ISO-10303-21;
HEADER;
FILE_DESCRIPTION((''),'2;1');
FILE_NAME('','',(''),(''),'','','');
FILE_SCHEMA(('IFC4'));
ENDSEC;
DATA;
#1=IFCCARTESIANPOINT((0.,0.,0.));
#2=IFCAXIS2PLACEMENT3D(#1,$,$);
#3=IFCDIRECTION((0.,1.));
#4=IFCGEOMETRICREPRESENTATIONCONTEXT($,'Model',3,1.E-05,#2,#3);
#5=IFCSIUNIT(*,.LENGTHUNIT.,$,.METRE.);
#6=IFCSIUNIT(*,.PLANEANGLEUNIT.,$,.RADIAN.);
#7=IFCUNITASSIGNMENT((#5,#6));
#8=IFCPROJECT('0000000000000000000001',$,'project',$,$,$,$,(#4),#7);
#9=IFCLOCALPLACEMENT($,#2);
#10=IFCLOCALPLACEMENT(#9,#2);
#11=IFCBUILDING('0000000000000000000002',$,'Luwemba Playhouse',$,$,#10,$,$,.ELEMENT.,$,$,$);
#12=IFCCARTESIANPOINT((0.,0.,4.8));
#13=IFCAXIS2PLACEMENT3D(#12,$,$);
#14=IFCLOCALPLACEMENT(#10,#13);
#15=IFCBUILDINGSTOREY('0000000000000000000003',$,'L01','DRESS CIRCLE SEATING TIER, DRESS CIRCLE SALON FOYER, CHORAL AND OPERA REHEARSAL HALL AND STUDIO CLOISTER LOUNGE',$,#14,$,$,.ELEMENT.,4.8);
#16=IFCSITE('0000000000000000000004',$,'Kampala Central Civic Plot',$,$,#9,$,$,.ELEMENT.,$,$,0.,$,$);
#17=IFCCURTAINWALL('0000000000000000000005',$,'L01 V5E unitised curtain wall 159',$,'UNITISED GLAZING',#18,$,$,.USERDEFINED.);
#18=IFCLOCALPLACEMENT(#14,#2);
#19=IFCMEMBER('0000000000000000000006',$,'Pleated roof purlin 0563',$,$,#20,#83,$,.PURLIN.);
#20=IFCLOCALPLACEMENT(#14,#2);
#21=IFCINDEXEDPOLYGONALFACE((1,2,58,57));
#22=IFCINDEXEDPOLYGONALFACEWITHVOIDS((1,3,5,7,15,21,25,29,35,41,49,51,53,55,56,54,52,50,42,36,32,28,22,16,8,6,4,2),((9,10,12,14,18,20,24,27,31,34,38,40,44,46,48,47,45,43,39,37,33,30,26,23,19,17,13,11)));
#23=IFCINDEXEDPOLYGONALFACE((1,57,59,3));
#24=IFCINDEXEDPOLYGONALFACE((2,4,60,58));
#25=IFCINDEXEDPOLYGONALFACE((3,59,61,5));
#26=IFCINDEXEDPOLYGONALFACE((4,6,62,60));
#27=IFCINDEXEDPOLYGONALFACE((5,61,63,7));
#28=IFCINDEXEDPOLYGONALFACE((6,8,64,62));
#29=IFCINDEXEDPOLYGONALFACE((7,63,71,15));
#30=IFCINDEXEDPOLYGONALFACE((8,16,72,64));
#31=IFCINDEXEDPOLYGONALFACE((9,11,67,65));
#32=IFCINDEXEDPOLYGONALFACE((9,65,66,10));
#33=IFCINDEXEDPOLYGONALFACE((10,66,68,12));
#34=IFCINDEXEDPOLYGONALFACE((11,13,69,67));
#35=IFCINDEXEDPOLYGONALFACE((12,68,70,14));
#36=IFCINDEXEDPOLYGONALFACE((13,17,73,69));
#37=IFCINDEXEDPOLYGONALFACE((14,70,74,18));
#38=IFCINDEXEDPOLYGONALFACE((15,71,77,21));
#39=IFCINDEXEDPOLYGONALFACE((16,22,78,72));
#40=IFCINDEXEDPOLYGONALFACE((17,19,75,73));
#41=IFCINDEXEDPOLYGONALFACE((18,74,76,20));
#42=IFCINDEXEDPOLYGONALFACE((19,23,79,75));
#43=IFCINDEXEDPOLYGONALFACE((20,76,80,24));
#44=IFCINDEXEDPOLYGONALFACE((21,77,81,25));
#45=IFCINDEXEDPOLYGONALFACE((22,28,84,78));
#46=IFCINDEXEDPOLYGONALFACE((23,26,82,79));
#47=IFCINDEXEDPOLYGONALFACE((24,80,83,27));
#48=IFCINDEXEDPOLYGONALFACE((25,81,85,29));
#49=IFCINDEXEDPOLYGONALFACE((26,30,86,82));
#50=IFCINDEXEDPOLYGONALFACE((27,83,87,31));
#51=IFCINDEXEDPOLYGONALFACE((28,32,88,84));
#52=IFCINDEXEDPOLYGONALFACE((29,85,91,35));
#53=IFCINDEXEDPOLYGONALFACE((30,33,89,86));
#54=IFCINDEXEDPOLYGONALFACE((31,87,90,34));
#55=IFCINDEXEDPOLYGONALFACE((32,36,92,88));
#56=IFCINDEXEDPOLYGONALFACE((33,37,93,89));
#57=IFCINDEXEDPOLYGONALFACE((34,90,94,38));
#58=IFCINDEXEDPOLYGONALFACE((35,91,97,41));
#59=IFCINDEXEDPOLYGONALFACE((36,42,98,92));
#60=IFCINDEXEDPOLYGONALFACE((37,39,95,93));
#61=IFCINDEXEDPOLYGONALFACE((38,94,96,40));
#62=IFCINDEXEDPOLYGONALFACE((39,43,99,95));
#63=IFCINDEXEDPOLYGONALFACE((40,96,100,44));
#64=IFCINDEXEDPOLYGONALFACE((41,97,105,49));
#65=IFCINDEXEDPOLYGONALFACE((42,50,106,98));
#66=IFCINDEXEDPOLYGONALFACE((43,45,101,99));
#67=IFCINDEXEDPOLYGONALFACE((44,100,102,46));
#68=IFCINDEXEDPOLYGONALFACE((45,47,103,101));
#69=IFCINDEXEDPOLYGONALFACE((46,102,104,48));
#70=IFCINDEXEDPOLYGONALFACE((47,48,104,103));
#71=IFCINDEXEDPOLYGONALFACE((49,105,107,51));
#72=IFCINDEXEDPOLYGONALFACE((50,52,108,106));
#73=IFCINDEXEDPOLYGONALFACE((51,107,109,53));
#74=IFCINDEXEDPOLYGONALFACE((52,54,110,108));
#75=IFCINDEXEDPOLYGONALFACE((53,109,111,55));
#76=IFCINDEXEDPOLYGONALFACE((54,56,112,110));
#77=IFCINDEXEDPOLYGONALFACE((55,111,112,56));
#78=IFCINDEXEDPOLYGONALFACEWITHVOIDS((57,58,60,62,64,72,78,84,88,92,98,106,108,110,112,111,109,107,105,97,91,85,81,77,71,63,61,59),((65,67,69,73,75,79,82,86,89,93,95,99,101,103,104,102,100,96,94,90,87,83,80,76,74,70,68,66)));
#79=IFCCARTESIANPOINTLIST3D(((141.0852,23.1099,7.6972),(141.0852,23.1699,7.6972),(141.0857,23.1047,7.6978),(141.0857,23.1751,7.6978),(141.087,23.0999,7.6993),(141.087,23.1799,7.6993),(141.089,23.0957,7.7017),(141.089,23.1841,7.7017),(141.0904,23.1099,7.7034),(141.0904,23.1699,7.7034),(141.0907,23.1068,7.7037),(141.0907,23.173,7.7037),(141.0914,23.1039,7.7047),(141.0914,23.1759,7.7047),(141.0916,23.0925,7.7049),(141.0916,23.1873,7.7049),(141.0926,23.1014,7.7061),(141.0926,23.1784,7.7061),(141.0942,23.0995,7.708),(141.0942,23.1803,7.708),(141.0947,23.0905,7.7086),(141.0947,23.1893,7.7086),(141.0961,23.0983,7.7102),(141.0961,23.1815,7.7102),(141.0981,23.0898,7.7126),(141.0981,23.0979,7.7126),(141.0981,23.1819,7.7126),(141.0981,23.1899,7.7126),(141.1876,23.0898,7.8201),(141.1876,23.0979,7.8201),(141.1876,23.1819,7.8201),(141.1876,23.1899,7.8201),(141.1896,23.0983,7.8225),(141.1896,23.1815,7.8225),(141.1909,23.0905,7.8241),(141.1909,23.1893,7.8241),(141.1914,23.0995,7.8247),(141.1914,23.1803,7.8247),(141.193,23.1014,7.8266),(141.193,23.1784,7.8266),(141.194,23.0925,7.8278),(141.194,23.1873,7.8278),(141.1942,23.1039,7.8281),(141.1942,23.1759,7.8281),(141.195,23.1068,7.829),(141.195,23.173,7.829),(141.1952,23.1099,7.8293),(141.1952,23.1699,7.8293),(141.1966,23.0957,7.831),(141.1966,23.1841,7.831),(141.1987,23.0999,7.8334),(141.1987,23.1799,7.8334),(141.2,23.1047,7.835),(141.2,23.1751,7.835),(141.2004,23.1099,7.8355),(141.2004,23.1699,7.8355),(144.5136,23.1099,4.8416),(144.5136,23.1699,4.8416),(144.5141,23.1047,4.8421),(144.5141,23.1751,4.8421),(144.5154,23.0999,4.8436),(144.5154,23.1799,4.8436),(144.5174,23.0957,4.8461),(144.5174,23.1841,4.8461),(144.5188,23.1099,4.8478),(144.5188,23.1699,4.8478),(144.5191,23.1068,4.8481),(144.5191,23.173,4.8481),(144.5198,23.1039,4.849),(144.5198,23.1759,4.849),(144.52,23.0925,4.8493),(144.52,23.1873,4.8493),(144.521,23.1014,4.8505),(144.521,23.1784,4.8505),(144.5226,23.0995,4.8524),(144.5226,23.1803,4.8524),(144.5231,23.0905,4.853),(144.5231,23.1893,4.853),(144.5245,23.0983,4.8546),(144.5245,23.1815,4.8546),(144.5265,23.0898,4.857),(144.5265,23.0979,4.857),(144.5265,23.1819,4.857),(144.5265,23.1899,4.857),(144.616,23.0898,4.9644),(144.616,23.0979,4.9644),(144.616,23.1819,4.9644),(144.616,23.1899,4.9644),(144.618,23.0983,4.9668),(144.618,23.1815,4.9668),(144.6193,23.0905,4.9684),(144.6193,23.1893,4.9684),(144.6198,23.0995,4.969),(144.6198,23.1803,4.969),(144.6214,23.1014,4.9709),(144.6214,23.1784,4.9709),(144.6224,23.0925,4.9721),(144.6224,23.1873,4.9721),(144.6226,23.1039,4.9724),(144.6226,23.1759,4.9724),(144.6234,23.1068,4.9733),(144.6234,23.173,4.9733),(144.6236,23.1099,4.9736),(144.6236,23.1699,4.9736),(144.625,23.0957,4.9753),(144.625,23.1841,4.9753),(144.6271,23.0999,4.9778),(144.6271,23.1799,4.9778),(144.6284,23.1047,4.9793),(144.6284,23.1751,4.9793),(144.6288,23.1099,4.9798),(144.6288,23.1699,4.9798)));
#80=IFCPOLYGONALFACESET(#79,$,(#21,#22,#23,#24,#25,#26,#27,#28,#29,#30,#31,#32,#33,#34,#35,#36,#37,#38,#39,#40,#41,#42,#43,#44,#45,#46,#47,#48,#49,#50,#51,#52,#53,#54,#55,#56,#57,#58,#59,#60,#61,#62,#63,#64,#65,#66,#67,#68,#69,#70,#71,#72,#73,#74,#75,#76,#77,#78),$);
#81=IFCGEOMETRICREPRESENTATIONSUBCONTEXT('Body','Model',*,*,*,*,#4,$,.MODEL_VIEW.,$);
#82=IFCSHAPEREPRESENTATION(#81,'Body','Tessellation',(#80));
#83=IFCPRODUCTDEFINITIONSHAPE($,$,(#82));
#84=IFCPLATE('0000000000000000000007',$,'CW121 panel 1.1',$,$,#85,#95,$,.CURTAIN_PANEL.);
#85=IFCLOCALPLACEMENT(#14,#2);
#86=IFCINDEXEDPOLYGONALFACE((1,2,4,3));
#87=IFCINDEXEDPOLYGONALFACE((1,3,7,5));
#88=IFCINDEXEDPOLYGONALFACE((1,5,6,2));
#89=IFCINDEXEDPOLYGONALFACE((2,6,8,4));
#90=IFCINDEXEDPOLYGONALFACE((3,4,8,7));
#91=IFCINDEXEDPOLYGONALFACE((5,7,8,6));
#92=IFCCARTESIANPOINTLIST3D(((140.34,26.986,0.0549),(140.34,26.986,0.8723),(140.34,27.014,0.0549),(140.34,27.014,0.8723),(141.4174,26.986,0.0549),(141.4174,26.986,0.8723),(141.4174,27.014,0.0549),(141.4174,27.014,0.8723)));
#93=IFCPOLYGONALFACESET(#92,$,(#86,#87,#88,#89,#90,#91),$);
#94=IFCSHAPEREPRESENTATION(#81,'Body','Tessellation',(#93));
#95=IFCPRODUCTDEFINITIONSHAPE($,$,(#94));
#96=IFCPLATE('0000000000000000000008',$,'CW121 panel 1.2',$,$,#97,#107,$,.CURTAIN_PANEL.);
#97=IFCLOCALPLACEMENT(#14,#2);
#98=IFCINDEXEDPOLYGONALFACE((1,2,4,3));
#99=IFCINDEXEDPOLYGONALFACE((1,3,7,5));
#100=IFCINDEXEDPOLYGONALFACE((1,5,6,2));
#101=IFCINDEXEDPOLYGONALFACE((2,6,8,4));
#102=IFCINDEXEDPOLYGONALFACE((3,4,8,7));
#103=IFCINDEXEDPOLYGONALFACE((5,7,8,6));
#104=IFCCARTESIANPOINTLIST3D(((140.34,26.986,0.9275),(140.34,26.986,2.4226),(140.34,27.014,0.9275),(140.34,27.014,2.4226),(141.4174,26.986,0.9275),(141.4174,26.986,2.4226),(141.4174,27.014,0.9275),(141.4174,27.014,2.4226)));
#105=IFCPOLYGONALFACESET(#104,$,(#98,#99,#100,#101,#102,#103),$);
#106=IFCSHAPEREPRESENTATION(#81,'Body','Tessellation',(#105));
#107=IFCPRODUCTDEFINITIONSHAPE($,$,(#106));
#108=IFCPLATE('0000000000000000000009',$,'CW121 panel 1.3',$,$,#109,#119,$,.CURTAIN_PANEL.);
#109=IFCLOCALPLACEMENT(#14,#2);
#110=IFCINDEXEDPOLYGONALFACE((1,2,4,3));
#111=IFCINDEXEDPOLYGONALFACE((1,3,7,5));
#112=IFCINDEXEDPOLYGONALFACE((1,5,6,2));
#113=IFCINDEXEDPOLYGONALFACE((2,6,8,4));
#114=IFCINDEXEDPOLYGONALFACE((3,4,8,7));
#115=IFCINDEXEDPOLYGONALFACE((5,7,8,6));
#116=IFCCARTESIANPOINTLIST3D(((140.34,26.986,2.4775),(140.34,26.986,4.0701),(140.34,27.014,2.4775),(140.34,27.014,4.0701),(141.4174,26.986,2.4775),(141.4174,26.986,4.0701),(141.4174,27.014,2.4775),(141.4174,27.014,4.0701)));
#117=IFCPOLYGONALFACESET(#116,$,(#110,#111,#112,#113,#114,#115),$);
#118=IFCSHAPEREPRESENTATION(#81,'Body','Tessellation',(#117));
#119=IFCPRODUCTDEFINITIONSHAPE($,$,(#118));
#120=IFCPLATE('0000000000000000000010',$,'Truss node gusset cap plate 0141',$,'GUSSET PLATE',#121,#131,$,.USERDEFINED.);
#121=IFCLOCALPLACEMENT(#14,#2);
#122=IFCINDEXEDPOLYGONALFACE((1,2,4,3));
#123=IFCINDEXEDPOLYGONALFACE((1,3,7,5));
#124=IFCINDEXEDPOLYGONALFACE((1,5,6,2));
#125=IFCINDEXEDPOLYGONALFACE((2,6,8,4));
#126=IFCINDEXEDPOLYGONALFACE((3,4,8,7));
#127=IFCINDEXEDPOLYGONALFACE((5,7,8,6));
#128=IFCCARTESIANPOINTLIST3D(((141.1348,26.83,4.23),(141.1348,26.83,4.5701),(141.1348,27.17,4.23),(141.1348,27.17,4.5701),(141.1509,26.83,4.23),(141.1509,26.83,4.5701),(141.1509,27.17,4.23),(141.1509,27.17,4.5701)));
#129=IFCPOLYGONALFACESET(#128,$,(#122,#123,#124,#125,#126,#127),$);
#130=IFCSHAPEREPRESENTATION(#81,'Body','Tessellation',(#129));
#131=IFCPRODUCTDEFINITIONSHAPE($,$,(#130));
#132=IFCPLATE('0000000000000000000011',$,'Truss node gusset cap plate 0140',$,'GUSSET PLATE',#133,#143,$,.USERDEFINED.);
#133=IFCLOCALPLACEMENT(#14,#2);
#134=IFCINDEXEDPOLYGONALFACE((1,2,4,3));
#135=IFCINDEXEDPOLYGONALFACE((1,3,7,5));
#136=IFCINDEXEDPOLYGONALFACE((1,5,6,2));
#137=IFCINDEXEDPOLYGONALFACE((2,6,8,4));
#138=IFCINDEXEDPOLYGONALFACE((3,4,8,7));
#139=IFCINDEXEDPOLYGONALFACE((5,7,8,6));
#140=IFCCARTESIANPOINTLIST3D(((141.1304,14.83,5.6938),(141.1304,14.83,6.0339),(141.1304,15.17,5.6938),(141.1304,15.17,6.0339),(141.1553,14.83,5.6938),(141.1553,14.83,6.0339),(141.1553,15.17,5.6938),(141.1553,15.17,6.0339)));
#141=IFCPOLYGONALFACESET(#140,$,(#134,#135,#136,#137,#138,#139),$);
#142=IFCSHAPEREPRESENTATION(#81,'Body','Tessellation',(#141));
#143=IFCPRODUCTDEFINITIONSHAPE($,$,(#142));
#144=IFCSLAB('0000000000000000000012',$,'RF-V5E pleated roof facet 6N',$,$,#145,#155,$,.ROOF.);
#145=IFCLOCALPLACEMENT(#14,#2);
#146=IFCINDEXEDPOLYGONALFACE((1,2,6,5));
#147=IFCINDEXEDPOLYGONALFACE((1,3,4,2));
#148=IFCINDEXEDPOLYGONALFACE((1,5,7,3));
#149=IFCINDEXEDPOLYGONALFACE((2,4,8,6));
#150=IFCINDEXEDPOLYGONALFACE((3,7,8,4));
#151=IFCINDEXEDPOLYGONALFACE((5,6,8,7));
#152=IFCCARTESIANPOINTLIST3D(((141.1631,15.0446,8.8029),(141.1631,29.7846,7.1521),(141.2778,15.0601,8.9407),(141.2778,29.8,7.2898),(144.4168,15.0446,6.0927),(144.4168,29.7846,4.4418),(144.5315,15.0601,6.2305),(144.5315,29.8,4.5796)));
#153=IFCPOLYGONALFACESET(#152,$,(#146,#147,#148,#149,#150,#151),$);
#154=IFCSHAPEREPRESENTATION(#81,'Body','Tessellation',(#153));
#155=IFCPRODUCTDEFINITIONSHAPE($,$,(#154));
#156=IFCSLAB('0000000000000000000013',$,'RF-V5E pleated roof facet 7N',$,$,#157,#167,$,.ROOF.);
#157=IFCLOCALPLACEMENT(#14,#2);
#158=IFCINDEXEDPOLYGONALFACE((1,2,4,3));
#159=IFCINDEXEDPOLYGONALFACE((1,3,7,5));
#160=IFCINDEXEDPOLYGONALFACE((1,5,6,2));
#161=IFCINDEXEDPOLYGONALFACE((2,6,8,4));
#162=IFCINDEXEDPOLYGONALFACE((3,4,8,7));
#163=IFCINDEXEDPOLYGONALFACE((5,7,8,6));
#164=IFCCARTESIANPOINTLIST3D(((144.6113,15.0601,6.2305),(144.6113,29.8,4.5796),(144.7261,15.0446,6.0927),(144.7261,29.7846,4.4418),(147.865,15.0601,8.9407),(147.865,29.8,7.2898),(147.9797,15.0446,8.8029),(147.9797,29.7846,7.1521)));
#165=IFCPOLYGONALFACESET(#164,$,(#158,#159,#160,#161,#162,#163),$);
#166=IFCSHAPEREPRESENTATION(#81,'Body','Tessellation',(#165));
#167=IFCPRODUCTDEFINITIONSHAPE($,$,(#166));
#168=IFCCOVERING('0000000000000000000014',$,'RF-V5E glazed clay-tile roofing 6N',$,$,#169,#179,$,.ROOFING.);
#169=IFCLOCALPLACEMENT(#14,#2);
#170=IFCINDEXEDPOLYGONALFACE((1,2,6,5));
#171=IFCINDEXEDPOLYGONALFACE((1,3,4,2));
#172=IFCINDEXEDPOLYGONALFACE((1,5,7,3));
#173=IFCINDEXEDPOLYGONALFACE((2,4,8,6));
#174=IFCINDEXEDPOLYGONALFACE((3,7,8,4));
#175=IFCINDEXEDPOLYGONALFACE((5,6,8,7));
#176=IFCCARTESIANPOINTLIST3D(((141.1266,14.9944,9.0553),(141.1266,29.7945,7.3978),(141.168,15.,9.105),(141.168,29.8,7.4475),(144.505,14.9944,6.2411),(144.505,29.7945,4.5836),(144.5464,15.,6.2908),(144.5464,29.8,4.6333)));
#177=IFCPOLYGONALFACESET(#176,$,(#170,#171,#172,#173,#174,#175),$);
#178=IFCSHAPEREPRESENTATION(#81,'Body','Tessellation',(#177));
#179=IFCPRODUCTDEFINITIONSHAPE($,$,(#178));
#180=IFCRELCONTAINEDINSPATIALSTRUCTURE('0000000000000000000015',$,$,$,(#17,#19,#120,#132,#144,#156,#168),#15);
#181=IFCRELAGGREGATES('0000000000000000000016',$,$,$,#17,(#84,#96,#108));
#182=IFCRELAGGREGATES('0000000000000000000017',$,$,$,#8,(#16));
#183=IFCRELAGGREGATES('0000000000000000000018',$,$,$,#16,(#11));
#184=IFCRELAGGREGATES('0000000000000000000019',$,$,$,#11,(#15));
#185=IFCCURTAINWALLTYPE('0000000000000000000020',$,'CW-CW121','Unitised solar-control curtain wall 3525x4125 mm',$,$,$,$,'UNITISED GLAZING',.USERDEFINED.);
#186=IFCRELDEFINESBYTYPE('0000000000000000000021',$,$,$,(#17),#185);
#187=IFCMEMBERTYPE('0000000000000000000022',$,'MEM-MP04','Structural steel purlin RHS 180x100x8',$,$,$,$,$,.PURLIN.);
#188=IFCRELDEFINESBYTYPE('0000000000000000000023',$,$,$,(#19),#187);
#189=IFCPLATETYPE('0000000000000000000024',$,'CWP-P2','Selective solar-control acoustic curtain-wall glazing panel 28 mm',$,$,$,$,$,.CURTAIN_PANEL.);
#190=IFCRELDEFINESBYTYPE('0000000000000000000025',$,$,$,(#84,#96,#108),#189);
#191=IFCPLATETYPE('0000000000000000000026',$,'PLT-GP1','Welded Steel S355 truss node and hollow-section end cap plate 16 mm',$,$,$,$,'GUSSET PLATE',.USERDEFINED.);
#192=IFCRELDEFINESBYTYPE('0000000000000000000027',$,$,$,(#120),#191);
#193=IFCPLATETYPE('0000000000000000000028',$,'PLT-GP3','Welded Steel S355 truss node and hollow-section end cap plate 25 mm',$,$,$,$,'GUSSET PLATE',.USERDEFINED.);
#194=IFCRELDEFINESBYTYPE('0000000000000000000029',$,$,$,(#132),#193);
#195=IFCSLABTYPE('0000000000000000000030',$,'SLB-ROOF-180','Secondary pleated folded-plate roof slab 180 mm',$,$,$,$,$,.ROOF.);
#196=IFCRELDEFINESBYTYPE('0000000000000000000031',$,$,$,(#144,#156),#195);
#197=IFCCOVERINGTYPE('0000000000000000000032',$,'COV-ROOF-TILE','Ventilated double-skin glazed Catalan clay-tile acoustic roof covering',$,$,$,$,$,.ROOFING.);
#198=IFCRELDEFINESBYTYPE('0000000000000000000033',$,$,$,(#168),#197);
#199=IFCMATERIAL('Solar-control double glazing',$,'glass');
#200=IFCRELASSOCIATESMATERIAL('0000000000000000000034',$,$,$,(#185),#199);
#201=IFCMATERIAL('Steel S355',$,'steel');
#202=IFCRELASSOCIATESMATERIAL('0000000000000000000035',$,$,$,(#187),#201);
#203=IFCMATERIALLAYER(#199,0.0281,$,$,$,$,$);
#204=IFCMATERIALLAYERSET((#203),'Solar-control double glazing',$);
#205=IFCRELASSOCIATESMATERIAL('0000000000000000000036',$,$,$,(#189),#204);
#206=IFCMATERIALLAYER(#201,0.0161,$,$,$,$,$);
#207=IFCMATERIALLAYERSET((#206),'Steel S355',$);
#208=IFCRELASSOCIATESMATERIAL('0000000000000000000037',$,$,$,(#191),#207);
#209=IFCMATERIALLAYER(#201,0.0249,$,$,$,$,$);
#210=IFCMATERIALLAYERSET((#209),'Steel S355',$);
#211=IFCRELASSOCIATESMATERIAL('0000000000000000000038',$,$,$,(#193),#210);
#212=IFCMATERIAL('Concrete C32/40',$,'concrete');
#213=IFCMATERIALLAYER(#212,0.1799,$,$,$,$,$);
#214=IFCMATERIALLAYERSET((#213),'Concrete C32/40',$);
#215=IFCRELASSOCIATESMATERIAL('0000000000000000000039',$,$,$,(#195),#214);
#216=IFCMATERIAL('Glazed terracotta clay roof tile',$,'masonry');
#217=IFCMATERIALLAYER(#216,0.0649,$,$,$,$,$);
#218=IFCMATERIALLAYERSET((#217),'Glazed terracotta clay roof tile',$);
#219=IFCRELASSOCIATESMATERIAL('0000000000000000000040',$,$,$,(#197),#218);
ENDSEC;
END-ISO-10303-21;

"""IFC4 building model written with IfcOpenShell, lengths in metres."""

from ifc_helpers import new_model, si_unit, direction, frame, origin, origin_2d, place, context, subcontext, project, spatial, polyline, rectangle, hollow_rectangle, outline, extrude, material, layer, layer_set, material_profile, profile_set, type_object, element, aggregate, save


model = new_model("IFC4")

# Units and contexts
model_context = context("Model", 3, precision=1e-05, world=origin(), true_north=direction((0.0, 1.0)))
body_context = subcontext(model_context, "Body", "Model", "MODEL_VIEW")
ifc_project = project(units=[si_unit("LENGTHUNIT", "METRE"), si_unit("PLANEANGLEUNIT", "RADIAN")], contexts=[model_context])

# Site, building, storey
site_placement = place(None, origin())
site = spatial("IfcSite", under=ifc_project, at=site_placement, Name="Kampala Central Civic Plot", CompositionType="ELEMENT", RefElevation=0.0)
building_placement = place(site_placement, origin())
building = spatial("IfcBuilding", under=site, at=building_placement, Name="Luwemba Playhouse", CompositionType="ELEMENT")
storey_placement = place(building_placement, frame((0.0, 0.0, 4.8)))
storey = spatial("IfcBuildingStorey", under=building, at=storey_placement, Name="L01", Description="DRESS CIRCLE SEATING TIER, DRESS CIRCLE SALON FOYER, CHORAL AND OPERA REHEARSAL HALL AND STUDIO CLOISTER LOUNGE", CompositionType="ELEMENT", Elevation=4.8)

# Shared definitions
ifc_material_1 = material(Name="Steel S355", Category="steel")

# Curtain wall
ifc_material_2 = material(Name="Solar-control double glazing", Category="glass")
curtain_wall_type = type_object("IfcCurtainWallType", Name="CW-CW121", Description="Unitised solar-control curtain wall 3525x4125 mm", ElementType="UNITISED GLAZING", PredefinedType="USERDEFINED", material=ifc_material_2)
curtain_wall_placement = place(storey_placement, origin())
curtain_wall = element("IfcCurtainWall", 1, at=curtain_wall_placement, inside=storey, type_object=curtain_wall_type, Name="L01 V5E unitised curtain wall 159", ObjectType="UNITISED GLAZING", PredefinedType="USERDEFINED")

# Member
ifc_material_profile_1 = material_profile(ifc_material_1, hollow_rectangle(XDim=0.1001, YDim=0.1799, WallThickness=0.0081, InnerFilletRadius=0.012, OuterFilletRadius=0.02, at=origin_2d()))
ifc_profile_set_1 = profile_set([ifc_material_profile_1], Name="Steel S355")
member_type_1 = type_object("IfcMemberType", Name="MEM-MP04", Description="Structural steel purlin RHS 180x100x8", PredefinedType="PURLIN", material=ifc_profile_set_1)
member_1_placement = place(storey_placement, frame((141.1428, 23.1399, 7.7664), z_axis=(0.768369, 0.0, -0.640007), x_axis=(0.0, 1.0, 0.0)))
element("IfcMember", 2, at=member_1_placement, inside=storey, type_object=member_type_1, Name="Pleated roof purlin 0563", PredefinedType="PURLIN", context=body_context, shape_type="SweptSolid", body=[
    extrude(hollow_rectangle(XDim=0.1001, YDim=0.1799, WallThickness=0.0081, InnerFilletRadius=0.012, OuterFilletRadius=0.02, at=origin_2d()), origin(), (0.0, 0.0, 1.0), 4.4619),
])

# Plates
ifc_layer_1 = layer(ifc_material_2, 0.0281)
ifc_layer_set_1 = layer_set([ifc_layer_1], Name="Solar-control double glazing")
plate_type_1 = type_object("IfcPlateType", Name="CWP-P2", Description="Selective solar-control acoustic curtain-wall glazing panel 28 mm", PredefinedType="CURTAIN_PANEL", material=ifc_layer_set_1)
plate_1_placement = place(storey_placement, frame((140.8787, 27.0, 0.0549), z_axis=(0.0, 0.0, 1.0), x_axis=(1.0, 0.0, 0.0)))
plate_1 = element("IfcPlate", 3, at=plate_1_placement, type_object=plate_type_1, Name="CW121 panel 1.1", PredefinedType="CURTAIN_PANEL", context=body_context, shape_type="SweptSolid", body=[
    extrude(rectangle(XDim=1.0774, YDim=0.0281, at=origin_2d()), origin(), (0.0, 0.0, 1.0), 0.8174),
])
plate_2_placement = place(storey_placement, frame((140.8787, 27.0, 0.9275), z_axis=(0.0, 0.0, 1.0), x_axis=(1.0, 0.0, 0.0)))
plate_2 = element("IfcPlate", 4, at=plate_2_placement, type_object=plate_type_1, Name="CW121 panel 1.2", PredefinedType="CURTAIN_PANEL", context=body_context, shape_type="SweptSolid", body=[
    extrude(rectangle(XDim=1.0774, YDim=0.0281, at=origin_2d()), origin(), (0.0, 0.0, 1.0), 1.4951),
])
plate_3_placement = place(storey_placement, frame((140.8787, 27.0, 2.4775), z_axis=(0.0, 0.0, 1.0), x_axis=(1.0, 0.0, 0.0)))
plate_3 = element("IfcPlate", 5, at=plate_3_placement, type_object=plate_type_1, Name="CW121 panel 1.3", PredefinedType="CURTAIN_PANEL", context=body_context, shape_type="SweptSolid", body=[
    extrude(rectangle(XDim=1.0774, YDim=0.0281, at=origin_2d()), origin(), (0.0, 0.0, 1.0), 1.5925),
])
aggregate(curtain_wall, [plate_1, plate_2, plate_3])

# Plates
ifc_layer_2 = layer(ifc_material_1, 0.0161)
ifc_layer_set_2 = layer_set([ifc_layer_2], Name="Steel S355")
plate_type_2 = type_object("IfcPlateType", Name="PLT-GP1", Description="Welded Steel S355 truss node and hollow-section end cap plate 16 mm", ElementType="GUSSET PLATE", PredefinedType="USERDEFINED", material=ifc_layer_set_2)
plate_4_placement = place(storey_placement, frame((141.1428, 27.0, 4.23), z_axis=(0.0, 0.0, 1.0), x_axis=(1.0, 0.0, 0.0)))
element("IfcPlate", 6, at=plate_4_placement, inside=storey, type_object=plate_type_2, Name="Truss node gusset cap plate 0141", ObjectType="GUSSET PLATE", PredefinedType="USERDEFINED", context=body_context, shape_type="SweptSolid", body=[
    extrude(rectangle(XDim=0.0161, YDim=0.3401, at=origin_2d()), origin(), (0.0, 0.0, 1.0), 0.3401),
])
ifc_layer_3 = layer(ifc_material_1, 0.0249)
ifc_layer_set_3 = layer_set([ifc_layer_3], Name="Steel S355")
plate_type_3 = type_object("IfcPlateType", Name="PLT-GP3", Description="Welded Steel S355 truss node and hollow-section end cap plate 25 mm", ElementType="GUSSET PLATE", PredefinedType="USERDEFINED", material=ifc_layer_set_3)
plate_5_placement = place(storey_placement, frame((141.1428, 15.0, 5.6938), z_axis=(0.0, 0.0, 1.0), x_axis=(1.0, 0.0, 0.0)))
element("IfcPlate", 7, at=plate_5_placement, inside=storey, type_object=plate_type_3, Name="Truss node gusset cap plate 0140", ObjectType="GUSSET PLATE", PredefinedType="USERDEFINED", context=body_context, shape_type="SweptSolid", body=[
    extrude(rectangle(XDim=0.0249, YDim=0.3401, at=origin_2d()), origin(), (0.0, 0.0, 1.0), 0.3401),
])

# Slabs
ifc_material_3 = material(Name="Concrete C32/40", Category="concrete")
ifc_layer_4 = layer(ifc_material_3, 0.1799)
ifc_layer_set_4 = layer_set([ifc_layer_4], Name="Concrete C32/40")
slab_type = type_object("IfcSlabType", Name="SLB-ROOF-180", Description="Secondary pleated folded-plate roof slab 180 mm", PredefinedType="ROOF", material=ifc_layer_set_4)
slab_1_placement = place(storey_placement, frame((141.2778, 15.0601, 8.9407), z_axis=(0.637663, 0.085739, 0.765529), x_axis=(0.768358, 0.0, -0.64002)))
element("IfcSlab", 8, at=slab_1_placement, inside=storey, type_object=slab_type, Name="RF-V5E pleated roof facet 6N", PredefinedType="ROOF", context=body_context, shape_type="SweptSolid", body=[
    extrude(outline(polyline([(0.0, 0.0), (4.2346, 0.0), (5.2912, 14.7945), (1.0566, 14.7945), (0.0, 0.0)])), origin(), (0.0, 0.0, -1.0), 0.1799),
])
slab_2_placement = place(storey_placement, frame((144.6113, 15.0601, 6.2305), z_axis=(-0.637663, 0.085739, 0.765529), x_axis=(0.768358, 0.0, 0.64002)))
element("IfcSlab", 9, at=slab_2_placement, inside=storey, type_object=slab_type, Name="RF-V5E pleated roof facet 7N", PredefinedType="ROOF", context=body_context, shape_type="SweptSolid", body=[
    extrude(outline(polyline([(0.0, 0.0), (4.2346, 0.0), (3.178, 14.7945), (-1.0566, 14.7945), (0.0, 0.0)])), origin(), (0.0, 0.0, -1.0), 0.1799),
])

# Covering
ifc_material_4 = material(Name="Glazed terracotta clay roof tile", Category="masonry")
ifc_layer_5 = layer(ifc_material_4, 0.0649)
ifc_layer_set_5 = layer_set([ifc_layer_5], Name="Glazed terracotta clay roof tile")
covering_type = type_object("IfcCoveringType", Name="COV-ROOF-TILE", Description="Ventilated double-skin glazed Catalan clay-tile acoustic roof covering", PredefinedType="ROOFING", material=ifc_layer_set_5)
covering_1_placement = place(storey_placement, frame((141.168, 15.0, 9.105), z_axis=(0.637675, 0.085731, 0.76552), x_axis=(0.768349, 0.0, -0.640031)))
element("IfcCovering", 10, at=covering_1_placement, inside=storey, type_object=covering_type, Name="RF-V5E glazed clay-tile roofing 6N", PredefinedType="ROOFING", context=body_context, shape_type="SweptSolid", body=[
    extrude(outline(polyline([(0.0, 0.0), (4.397, 0.0), (5.4578, 14.8547), (1.0608, 14.8547), (0.0, 0.0)])), origin(), (0.0, 0.0, -1.0), 0.0649),
])

save(model, "model.ifc")
